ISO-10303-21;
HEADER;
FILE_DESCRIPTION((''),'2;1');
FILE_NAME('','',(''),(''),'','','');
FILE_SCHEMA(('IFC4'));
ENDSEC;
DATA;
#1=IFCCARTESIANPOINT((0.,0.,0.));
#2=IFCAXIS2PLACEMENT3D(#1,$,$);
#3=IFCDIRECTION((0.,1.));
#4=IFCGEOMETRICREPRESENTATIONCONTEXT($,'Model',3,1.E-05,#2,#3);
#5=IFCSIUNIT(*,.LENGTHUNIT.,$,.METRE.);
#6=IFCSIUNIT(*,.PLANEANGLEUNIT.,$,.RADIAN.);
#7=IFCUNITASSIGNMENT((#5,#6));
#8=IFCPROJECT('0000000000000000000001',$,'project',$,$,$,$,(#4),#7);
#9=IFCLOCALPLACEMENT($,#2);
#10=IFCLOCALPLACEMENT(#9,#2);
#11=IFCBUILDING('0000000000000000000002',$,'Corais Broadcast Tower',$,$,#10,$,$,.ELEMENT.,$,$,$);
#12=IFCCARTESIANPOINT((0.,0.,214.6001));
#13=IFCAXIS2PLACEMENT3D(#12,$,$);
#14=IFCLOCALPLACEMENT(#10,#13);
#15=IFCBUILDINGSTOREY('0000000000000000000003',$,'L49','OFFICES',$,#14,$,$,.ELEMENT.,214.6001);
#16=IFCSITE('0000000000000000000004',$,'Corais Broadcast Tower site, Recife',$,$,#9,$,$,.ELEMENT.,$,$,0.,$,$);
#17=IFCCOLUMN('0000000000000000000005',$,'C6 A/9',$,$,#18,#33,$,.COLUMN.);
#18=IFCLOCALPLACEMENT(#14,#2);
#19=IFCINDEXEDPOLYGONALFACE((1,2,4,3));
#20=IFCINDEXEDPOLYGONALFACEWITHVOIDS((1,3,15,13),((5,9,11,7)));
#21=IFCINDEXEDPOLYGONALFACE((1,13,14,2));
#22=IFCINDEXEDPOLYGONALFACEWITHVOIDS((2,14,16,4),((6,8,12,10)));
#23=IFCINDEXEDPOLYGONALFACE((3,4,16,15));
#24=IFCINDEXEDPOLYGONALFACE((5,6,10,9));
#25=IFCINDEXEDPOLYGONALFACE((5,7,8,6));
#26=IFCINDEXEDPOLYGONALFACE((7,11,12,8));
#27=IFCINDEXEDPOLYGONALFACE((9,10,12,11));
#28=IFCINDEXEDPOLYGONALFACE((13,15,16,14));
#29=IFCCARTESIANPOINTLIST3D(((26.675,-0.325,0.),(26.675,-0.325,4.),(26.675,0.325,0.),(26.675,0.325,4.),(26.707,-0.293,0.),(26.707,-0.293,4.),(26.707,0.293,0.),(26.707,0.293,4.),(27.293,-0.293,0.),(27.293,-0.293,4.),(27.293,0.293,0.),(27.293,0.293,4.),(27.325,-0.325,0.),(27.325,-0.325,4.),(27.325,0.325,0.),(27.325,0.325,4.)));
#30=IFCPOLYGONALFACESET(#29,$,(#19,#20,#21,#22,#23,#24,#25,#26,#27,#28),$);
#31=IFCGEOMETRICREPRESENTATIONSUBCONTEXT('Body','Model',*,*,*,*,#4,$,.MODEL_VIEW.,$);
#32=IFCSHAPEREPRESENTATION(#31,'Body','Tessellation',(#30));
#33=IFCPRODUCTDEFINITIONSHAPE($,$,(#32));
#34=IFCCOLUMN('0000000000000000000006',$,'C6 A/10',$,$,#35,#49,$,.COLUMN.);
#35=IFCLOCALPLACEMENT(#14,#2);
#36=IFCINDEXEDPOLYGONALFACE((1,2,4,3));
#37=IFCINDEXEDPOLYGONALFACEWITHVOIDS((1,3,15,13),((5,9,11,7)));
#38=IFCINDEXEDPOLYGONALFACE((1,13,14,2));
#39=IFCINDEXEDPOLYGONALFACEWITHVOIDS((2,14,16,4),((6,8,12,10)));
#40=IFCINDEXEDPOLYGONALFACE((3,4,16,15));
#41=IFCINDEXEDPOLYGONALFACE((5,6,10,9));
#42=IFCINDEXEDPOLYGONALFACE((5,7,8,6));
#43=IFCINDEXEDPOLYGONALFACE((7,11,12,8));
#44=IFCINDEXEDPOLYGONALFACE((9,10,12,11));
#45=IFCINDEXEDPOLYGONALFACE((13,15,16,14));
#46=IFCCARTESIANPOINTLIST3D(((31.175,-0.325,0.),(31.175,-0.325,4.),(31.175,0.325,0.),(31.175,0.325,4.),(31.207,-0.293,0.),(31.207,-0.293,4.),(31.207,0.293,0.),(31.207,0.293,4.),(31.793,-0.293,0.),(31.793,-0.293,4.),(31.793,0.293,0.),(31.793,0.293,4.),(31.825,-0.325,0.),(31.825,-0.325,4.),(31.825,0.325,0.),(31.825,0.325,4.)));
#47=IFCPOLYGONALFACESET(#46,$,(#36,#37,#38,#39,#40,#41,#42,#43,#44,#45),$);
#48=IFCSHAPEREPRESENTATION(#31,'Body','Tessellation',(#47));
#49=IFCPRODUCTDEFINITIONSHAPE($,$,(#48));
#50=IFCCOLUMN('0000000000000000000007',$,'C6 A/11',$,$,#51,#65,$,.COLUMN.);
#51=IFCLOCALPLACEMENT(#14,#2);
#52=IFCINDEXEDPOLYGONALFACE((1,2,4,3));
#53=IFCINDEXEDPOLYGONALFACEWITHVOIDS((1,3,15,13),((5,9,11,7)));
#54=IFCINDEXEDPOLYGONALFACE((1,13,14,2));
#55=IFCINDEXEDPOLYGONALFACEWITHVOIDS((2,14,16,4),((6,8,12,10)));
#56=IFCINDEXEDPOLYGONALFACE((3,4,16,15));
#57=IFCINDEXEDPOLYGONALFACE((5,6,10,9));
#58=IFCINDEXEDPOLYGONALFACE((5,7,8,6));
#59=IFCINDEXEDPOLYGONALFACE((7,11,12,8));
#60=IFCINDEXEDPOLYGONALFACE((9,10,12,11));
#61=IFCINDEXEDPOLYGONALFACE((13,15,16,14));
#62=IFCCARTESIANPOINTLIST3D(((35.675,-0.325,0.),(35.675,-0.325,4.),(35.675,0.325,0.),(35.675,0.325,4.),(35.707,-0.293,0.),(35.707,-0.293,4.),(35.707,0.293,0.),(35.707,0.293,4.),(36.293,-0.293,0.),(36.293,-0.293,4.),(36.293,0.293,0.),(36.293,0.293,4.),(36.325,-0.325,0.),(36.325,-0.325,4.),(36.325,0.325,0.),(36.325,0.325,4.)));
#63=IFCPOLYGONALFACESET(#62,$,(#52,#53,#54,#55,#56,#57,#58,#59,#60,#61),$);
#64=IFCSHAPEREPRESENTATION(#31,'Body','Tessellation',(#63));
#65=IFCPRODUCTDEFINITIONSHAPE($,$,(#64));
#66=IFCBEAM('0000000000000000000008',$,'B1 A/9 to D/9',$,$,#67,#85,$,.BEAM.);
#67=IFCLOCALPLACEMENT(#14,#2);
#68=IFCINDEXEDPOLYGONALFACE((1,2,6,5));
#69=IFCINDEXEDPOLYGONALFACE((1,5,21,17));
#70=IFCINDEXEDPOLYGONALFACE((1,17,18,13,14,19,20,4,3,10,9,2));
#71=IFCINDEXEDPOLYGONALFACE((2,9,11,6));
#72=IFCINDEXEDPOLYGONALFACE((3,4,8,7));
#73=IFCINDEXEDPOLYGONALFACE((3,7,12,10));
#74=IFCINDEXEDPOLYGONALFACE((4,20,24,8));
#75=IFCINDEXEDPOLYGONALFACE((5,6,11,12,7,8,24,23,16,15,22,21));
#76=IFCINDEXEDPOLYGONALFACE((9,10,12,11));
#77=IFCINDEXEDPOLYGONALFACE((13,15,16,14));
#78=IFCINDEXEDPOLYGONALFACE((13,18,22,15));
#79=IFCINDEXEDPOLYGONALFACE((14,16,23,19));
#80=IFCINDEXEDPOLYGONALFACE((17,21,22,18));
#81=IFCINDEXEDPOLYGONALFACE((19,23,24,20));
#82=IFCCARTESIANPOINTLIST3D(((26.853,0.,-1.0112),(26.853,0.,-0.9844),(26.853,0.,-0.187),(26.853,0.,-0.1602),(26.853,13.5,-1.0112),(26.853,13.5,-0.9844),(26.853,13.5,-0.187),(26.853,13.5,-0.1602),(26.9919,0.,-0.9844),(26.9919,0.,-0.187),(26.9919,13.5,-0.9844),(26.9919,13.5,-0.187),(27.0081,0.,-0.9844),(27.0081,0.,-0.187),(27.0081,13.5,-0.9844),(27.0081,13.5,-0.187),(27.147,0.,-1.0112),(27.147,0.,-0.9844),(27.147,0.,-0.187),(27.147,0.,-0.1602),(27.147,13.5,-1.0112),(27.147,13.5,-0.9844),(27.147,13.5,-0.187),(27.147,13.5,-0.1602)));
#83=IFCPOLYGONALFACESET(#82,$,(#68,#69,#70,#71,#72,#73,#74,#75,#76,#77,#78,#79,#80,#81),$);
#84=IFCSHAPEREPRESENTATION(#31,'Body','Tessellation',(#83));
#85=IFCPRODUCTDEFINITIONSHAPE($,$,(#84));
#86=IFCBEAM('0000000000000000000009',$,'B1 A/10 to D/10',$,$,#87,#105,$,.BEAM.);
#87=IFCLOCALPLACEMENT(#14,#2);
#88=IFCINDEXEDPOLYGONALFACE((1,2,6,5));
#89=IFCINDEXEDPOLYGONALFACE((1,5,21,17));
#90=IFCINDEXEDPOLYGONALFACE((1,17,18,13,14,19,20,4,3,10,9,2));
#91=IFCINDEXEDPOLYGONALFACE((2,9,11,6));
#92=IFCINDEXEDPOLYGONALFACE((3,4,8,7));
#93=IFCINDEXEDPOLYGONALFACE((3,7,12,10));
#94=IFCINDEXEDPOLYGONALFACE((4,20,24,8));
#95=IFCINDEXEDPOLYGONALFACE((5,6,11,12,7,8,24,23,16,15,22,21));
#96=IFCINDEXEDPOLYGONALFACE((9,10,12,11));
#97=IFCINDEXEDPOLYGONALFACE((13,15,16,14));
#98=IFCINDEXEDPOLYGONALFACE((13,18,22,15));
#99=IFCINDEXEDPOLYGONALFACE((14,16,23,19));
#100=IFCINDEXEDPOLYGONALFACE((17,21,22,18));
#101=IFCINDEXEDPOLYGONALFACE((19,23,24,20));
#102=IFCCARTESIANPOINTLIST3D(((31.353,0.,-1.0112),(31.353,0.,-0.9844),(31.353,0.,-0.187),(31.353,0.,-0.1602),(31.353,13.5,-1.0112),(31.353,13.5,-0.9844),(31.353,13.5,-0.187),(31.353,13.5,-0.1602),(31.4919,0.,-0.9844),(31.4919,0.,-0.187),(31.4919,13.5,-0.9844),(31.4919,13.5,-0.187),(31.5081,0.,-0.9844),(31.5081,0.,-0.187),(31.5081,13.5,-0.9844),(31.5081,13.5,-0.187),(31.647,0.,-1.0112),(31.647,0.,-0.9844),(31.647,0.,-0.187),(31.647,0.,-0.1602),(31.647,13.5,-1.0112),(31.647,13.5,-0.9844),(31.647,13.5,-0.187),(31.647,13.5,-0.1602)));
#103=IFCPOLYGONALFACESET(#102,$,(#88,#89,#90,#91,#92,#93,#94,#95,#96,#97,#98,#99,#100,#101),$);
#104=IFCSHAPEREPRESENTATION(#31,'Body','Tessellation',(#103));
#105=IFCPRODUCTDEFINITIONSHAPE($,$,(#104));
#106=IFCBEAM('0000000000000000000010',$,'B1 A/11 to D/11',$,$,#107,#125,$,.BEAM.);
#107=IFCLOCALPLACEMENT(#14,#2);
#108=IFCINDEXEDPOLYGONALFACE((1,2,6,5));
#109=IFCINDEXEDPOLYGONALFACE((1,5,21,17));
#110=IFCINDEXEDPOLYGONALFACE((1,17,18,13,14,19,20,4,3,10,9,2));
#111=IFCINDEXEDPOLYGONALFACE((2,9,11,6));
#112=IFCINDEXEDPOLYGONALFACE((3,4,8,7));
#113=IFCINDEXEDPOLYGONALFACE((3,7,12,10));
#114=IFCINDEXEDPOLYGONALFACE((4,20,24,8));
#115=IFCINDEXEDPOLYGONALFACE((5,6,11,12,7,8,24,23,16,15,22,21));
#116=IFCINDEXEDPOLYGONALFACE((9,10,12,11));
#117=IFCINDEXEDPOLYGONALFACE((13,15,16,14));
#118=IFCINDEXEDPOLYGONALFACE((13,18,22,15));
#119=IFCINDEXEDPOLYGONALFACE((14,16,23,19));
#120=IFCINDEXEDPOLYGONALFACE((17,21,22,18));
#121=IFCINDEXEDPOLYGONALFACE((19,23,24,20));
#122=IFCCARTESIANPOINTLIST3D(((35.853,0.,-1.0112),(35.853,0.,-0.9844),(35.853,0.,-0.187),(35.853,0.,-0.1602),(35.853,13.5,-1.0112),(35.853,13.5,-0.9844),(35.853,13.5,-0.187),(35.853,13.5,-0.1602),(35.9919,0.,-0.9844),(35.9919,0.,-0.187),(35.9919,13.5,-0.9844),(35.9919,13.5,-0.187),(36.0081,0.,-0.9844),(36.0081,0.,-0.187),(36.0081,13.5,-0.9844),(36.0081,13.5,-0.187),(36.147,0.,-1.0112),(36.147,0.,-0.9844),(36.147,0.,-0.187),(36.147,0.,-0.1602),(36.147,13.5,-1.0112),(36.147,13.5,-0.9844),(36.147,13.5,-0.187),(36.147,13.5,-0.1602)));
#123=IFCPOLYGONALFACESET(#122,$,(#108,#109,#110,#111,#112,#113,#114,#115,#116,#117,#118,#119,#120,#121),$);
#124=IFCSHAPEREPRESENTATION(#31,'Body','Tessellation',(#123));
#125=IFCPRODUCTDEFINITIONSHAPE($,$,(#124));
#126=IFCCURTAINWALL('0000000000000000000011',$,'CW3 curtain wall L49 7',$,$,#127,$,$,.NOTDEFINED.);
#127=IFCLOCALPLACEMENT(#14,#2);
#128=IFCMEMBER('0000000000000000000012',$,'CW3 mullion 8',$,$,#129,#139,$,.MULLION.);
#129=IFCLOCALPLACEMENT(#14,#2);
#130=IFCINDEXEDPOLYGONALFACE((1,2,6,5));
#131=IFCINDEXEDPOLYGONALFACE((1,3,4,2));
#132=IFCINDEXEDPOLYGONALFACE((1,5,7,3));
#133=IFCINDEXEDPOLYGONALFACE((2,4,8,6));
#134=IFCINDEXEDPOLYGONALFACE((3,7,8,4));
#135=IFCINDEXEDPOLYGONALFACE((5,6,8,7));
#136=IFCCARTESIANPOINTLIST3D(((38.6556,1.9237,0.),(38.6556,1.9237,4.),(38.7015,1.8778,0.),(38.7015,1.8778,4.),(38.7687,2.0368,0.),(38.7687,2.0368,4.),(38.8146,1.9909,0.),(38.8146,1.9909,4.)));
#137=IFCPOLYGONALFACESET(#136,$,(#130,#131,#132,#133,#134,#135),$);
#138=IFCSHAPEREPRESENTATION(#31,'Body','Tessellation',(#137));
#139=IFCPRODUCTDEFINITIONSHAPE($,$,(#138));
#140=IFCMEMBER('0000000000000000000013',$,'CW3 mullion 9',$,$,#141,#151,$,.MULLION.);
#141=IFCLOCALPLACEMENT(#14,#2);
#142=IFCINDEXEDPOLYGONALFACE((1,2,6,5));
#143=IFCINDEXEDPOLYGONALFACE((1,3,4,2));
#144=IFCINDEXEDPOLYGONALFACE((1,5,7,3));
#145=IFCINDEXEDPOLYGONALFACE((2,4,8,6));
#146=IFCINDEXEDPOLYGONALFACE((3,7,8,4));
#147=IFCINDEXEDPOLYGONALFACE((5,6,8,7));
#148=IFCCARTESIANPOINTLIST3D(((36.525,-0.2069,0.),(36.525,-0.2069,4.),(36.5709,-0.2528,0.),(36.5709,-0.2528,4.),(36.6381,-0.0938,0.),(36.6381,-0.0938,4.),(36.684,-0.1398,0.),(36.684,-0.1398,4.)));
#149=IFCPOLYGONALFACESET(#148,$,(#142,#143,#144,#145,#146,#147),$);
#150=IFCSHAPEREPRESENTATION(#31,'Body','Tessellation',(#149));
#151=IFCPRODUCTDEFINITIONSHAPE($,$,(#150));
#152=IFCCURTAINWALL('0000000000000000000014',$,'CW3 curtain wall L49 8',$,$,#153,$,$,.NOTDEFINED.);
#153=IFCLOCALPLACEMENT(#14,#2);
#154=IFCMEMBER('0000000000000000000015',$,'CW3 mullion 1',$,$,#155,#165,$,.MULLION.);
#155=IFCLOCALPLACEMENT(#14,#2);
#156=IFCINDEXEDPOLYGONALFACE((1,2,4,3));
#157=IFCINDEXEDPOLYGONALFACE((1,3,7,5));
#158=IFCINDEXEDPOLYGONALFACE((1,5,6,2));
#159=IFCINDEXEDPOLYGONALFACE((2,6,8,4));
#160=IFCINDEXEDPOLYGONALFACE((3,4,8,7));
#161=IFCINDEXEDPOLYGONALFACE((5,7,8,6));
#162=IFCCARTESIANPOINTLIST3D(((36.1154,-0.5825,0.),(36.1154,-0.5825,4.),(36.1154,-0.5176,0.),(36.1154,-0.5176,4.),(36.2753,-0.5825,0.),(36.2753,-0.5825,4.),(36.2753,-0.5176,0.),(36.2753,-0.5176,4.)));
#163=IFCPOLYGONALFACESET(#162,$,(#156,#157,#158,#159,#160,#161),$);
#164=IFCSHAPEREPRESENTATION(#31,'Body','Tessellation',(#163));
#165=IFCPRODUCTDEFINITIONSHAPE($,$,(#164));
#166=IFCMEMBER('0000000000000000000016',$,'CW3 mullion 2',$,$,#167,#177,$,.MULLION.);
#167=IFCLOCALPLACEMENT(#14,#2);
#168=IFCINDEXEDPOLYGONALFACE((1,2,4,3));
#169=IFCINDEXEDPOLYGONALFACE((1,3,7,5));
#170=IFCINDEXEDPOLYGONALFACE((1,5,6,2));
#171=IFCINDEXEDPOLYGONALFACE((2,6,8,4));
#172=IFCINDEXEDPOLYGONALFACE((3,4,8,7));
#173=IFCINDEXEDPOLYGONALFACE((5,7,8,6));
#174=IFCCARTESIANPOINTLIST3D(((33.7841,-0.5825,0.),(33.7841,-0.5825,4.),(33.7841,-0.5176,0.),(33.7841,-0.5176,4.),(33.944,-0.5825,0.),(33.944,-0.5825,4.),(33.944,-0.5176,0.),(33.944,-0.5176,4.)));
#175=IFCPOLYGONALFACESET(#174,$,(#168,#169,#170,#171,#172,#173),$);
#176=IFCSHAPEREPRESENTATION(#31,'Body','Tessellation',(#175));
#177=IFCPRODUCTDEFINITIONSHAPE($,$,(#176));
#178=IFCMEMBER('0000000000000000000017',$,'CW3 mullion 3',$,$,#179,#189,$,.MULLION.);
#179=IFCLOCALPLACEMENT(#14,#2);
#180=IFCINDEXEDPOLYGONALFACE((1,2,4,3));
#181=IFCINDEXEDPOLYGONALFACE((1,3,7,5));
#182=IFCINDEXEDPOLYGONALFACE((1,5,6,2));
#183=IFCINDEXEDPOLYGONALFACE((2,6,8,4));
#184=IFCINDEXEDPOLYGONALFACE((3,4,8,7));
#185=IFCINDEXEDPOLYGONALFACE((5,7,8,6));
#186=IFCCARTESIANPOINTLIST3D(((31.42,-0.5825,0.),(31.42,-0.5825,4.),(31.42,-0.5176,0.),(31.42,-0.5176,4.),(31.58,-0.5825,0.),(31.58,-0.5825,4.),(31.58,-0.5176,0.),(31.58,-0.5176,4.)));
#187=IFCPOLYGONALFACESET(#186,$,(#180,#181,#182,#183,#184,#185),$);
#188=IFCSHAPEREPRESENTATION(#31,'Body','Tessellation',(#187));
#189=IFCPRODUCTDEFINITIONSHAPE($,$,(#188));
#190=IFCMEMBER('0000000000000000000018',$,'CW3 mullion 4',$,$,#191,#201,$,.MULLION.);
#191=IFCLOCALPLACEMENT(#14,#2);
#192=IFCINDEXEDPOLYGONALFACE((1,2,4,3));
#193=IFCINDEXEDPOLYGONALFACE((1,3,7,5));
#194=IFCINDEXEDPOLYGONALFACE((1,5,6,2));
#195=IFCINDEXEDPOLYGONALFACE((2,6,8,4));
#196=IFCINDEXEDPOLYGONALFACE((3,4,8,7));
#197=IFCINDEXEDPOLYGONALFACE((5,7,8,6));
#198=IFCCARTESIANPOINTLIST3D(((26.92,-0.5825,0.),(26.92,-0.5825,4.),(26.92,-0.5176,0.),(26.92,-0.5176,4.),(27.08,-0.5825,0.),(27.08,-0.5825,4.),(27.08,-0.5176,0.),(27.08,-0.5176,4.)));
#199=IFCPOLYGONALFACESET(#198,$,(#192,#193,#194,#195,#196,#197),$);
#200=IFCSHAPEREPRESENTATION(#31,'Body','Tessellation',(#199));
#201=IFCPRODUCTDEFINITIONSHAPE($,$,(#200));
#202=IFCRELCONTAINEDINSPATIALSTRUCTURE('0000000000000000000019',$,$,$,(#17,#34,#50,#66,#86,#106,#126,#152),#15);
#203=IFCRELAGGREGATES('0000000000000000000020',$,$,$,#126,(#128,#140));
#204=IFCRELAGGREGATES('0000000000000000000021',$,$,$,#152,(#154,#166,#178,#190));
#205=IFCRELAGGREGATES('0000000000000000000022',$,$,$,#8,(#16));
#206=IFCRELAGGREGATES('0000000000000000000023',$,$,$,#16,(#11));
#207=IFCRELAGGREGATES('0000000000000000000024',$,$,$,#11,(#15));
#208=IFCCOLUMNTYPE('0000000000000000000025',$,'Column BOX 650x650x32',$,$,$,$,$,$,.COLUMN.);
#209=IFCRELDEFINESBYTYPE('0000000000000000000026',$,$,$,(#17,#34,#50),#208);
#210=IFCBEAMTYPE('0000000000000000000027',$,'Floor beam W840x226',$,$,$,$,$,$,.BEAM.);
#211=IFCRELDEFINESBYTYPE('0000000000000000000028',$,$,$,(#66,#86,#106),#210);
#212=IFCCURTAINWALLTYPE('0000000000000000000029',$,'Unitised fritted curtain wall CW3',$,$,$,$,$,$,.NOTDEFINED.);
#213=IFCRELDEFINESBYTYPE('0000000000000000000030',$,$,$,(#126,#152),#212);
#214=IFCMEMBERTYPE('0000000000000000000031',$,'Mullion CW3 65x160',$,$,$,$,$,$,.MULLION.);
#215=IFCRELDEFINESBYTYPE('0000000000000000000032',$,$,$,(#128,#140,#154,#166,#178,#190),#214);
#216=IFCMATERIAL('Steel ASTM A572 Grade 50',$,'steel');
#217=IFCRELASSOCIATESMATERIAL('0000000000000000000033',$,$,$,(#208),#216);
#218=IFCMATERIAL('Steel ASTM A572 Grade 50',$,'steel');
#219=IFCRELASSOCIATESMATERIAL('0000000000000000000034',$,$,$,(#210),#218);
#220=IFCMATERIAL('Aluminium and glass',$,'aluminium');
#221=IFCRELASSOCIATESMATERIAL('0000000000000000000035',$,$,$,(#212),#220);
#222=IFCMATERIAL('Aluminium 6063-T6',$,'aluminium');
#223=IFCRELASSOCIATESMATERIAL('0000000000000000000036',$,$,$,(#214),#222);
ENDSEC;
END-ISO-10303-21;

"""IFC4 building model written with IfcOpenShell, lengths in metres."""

from ifc_helpers import new_model, si_unit, direction, frame, origin, origin_2d, place, context, subcontext, project, spatial, rectangle, hollow_rectangle, i_section, extrude, material, material_profile, profile_set, type_object, element, aggregate, save


model = new_model("IFC4")

# Units and contexts
model_context = context("Model", 3, precision=1e-05, world=origin(), true_north=direction((0.0, 1.0)))
body_context = subcontext(model_context, "Body", "Model", "MODEL_VIEW")
ifc_project = project(units=[si_unit("LENGTHUNIT", "METRE"), si_unit("PLANEANGLEUNIT", "RADIAN")], contexts=[model_context])

# Site, building, storey
site_placement = place(None, origin())
site = spatial("IfcSite", under=ifc_project, at=site_placement, Name="Corais Broadcast Tower site, Recife", CompositionType="ELEMENT", RefElevation=0.0)
building_placement = place(site_placement, origin())
building = spatial("IfcBuilding", under=site, at=building_placement, Name="Corais Broadcast Tower", CompositionType="ELEMENT")
storey_placement = place(building_placement, frame((0.0, 0.0, 214.6001)))
storey = spatial("IfcBuildingStorey", under=building, at=storey_placement, Name="L49", Description="OFFICES", CompositionType="ELEMENT", Elevation=214.6001)

# Columns
ifc_material_1 = material(Name="Steel ASTM A572 Grade 50", Category="steel")
ifc_material_profile_1 = material_profile(ifc_material_1, hollow_rectangle(XDim=0.6499, YDim=0.6499, WallThickness=0.032, at=origin_2d()), Name="BOX 650x650x32")
ifc_profile_set_1 = profile_set([ifc_material_profile_1], Name="Steel ASTM A572 Grade 50")
column_type = type_object("IfcColumnType", Name="Column BOX 650x650x32", PredefinedType="COLUMN", material=ifc_profile_set_1)
for number, where, z_axis, x_axis, name in (
    (1, (27.0, 0.0, 0.0), (0.0, 0.0, 1.0), (1.0, 0.0, 0.0), "C6 A/9"),
    (2, (31.5, 0.0, 0.0), (0.0, 0.0, 1.0), (1.0, 0.0, 0.0), "C6 A/10"),
    (3, (36.0, 0.0, 0.0), (0.0, 0.0, 1.0), (1.0, 0.0, 0.0), "C6 A/11"),
):
    element("IfcColumn", number, at=place(storey_placement, frame(where, z_axis=z_axis, x_axis=x_axis)), inside=storey, type_object=column_type, Name=name, PredefinedType="COLUMN", context=body_context, shape_type="SweptSolid", body=[
        extrude(hollow_rectangle(XDim=0.6499, YDim=0.6499, WallThickness=0.032, at=origin_2d()), origin(), (0.0, 0.0, 1.0), 4.0),
    ])

# Beams
ifc_material_2 = material(Name="Steel ASTM A572 Grade 50", Category="steel")
ifc_material_profile_2 = material_profile(ifc_material_2, i_section(OverallWidth=0.2939, OverallDepth=0.8511, WebThickness=0.0161, FlangeThickness=0.0269, at=origin_2d()), Name="W840x226")
ifc_profile_set_2 = profile_set([ifc_material_profile_2], Name="Steel ASTM A572 Grade 50")
beam_type_1 = type_object("IfcBeamType", Name="Floor beam W840x226", PredefinedType="BEAM", material=ifc_profile_set_2)
for number, where, z_axis, x_axis, name in (
    (4, (27.0, 0.0, -0.5857), (0.0, 1.0, 0.0), (-1.0, 0.0, 0.0), "B1 A/9 to D/9"),
    (5, (31.5, 0.0, -0.5857), (0.0, 1.0, 0.0), (-1.0, 0.0, 0.0), "B1 A/10 to D/10"),
    (6, (36.0, 0.0, -0.5857), (0.0, 1.0, 0.0), (-1.0, 0.0, 0.0), "B1 A/11 to D/11"),
):
    element("IfcBeam", number, at=place(storey_placement, frame(where, z_axis=z_axis, x_axis=x_axis)), inside=storey, type_object=beam_type_1, Name=name, PredefinedType="BEAM", context=body_context, shape_type="SweptSolid", body=[
        extrude(i_section(OverallWidth=0.2939, OverallDepth=0.8511, WebThickness=0.0161, FlangeThickness=0.0269, at=origin_2d()), origin(), (0.0, 0.0, 1.0), 13.5),
    ])

# Curtain walls, members
ifc_material_3 = material(Name="Aluminium and glass", Category="aluminium")
curtain_wall_type = type_object("IfcCurtainWallType", Name="Unitised fritted curtain wall CW3", PredefinedType="NOTDEFINED", material=ifc_material_3)
curtain_wall_1_placement = place(storey_placement, origin())
curtain_wall_1 = element("IfcCurtainWall", 7, at=curtain_wall_1_placement, inside=storey, type_object=curtain_wall_type, Name="CW3 curtain wall L49 7", PredefinedType="NOTDEFINED")
ifc_material_4 = material(Name="Aluminium 6063-T6", Category="aluminium")
ifc_material_profile_3 = material_profile(ifc_material_4, rectangle(XDim=0.0649, YDim=0.1599, at=origin_2d()), Name="Mullion CW3 65x160")
ifc_profile_set_3 = profile_set([ifc_material_profile_3], Name="Aluminium 6063-T6")
member_type_1 = type_object("IfcMemberType", Name="Mullion CW3 65x160", PredefinedType="MULLION", material=ifc_profile_set_3)
member_1_placement = place(storey_placement, frame((38.7351, 1.9573, 0.0), z_axis=(0.0, 0.0, 1.0), x_axis=(0.707107, -0.707107, 0.0)))
member_1 = element("IfcMember", 8, at=member_1_placement, type_object=member_type_1, Name="CW3 mullion 8", PredefinedType="MULLION", context=body_context, shape_type="SweptSolid", body=[
    extrude(rectangle(XDim=0.0649, YDim=0.1599, at=origin_2d()), origin(), (0.0, 0.0, 1.0), 4.0),
])
member_2_placement = place(storey_placement, frame((36.6045, -0.1733, 0.0), z_axis=(0.0, 0.0, 1.0), x_axis=(0.707107, -0.707107, 0.0)))
member_2 = element("IfcMember", 9, at=member_2_placement, type_object=member_type_1, Name="CW3 mullion 9", PredefinedType="MULLION", context=body_context, shape_type="SweptSolid", body=[
    extrude(rectangle(XDim=0.0649, YDim=0.1599, at=origin_2d()), origin(), (0.0, 0.0, 1.0), 4.0),
])
curtain_wall_2_placement = place(storey_placement, origin())
curtain_wall_2 = element("IfcCurtainWall", 10, at=curtain_wall_2_placement, inside=storey, type_object=curtain_wall_type, Name="CW3 curtain wall L49 8", PredefinedType="NOTDEFINED")
member_3_placement = place(storey_placement, frame((36.1953, -0.55, 0.0), z_axis=(0.0, 0.0, 1.0), x_axis=(0.0, -1.0, 0.0)))
member_3 = element("IfcMember", 11, at=member_3_placement, type_object=member_type_1, Name="CW3 mullion 1", PredefinedType="MULLION", context=body_context, shape_type="SweptSolid", body=[
    extrude(rectangle(XDim=0.0649, YDim=0.1599, at=origin_2d()), origin(), (0.0, 0.0, 1.0), 4.0),
])
member_4_placement = place(storey_placement, frame((33.864, -0.55, 0.0), z_axis=(0.0, 0.0, 1.0), x_axis=(0.0, -1.0, 0.0)))
member_4 = element("IfcMember", 12, at=member_4_placement, type_object=member_type_1, Name="CW3 mullion 2", PredefinedType="MULLION", context=body_context, shape_type="SweptSolid", body=[
    extrude(rectangle(XDim=0.0649, YDim=0.1599, at=origin_2d()), origin(), (0.0, 0.0, 1.0), 4.0),
])
member_5_placement = place(storey_placement, frame((31.5, -0.55, 0.0), z_axis=(0.0, 0.0, 1.0), x_axis=(0.0, -1.0, 0.0)))
member_5 = element("IfcMember", 13, at=member_5_placement, type_object=member_type_1, Name="CW3 mullion 3", PredefinedType="MULLION", context=body_context, shape_type="SweptSolid", body=[
    extrude(rectangle(XDim=0.0649, YDim=0.1599, at=origin_2d()), origin(), (0.0, 0.0, 1.0), 4.0),
])
member_6_placement = place(storey_placement, frame((27.0, -0.55, 0.0), z_axis=(0.0, 0.0, 1.0), x_axis=(0.0, -1.0, 0.0)))
member_6 = element("IfcMember", 14, at=member_6_placement, type_object=member_type_1, Name="CW3 mullion 4", PredefinedType="MULLION", context=body_context, shape_type="SweptSolid", body=[
    extrude(rectangle(XDim=0.0649, YDim=0.1599, at=origin_2d()), origin(), (0.0, 0.0, 1.0), 4.0),
])

aggregate(curtain_wall_1, [member_1, member_2])
aggregate(curtain_wall_2, [member_3, member_4, member_5, member_6])

save(model, "model.ifc")
